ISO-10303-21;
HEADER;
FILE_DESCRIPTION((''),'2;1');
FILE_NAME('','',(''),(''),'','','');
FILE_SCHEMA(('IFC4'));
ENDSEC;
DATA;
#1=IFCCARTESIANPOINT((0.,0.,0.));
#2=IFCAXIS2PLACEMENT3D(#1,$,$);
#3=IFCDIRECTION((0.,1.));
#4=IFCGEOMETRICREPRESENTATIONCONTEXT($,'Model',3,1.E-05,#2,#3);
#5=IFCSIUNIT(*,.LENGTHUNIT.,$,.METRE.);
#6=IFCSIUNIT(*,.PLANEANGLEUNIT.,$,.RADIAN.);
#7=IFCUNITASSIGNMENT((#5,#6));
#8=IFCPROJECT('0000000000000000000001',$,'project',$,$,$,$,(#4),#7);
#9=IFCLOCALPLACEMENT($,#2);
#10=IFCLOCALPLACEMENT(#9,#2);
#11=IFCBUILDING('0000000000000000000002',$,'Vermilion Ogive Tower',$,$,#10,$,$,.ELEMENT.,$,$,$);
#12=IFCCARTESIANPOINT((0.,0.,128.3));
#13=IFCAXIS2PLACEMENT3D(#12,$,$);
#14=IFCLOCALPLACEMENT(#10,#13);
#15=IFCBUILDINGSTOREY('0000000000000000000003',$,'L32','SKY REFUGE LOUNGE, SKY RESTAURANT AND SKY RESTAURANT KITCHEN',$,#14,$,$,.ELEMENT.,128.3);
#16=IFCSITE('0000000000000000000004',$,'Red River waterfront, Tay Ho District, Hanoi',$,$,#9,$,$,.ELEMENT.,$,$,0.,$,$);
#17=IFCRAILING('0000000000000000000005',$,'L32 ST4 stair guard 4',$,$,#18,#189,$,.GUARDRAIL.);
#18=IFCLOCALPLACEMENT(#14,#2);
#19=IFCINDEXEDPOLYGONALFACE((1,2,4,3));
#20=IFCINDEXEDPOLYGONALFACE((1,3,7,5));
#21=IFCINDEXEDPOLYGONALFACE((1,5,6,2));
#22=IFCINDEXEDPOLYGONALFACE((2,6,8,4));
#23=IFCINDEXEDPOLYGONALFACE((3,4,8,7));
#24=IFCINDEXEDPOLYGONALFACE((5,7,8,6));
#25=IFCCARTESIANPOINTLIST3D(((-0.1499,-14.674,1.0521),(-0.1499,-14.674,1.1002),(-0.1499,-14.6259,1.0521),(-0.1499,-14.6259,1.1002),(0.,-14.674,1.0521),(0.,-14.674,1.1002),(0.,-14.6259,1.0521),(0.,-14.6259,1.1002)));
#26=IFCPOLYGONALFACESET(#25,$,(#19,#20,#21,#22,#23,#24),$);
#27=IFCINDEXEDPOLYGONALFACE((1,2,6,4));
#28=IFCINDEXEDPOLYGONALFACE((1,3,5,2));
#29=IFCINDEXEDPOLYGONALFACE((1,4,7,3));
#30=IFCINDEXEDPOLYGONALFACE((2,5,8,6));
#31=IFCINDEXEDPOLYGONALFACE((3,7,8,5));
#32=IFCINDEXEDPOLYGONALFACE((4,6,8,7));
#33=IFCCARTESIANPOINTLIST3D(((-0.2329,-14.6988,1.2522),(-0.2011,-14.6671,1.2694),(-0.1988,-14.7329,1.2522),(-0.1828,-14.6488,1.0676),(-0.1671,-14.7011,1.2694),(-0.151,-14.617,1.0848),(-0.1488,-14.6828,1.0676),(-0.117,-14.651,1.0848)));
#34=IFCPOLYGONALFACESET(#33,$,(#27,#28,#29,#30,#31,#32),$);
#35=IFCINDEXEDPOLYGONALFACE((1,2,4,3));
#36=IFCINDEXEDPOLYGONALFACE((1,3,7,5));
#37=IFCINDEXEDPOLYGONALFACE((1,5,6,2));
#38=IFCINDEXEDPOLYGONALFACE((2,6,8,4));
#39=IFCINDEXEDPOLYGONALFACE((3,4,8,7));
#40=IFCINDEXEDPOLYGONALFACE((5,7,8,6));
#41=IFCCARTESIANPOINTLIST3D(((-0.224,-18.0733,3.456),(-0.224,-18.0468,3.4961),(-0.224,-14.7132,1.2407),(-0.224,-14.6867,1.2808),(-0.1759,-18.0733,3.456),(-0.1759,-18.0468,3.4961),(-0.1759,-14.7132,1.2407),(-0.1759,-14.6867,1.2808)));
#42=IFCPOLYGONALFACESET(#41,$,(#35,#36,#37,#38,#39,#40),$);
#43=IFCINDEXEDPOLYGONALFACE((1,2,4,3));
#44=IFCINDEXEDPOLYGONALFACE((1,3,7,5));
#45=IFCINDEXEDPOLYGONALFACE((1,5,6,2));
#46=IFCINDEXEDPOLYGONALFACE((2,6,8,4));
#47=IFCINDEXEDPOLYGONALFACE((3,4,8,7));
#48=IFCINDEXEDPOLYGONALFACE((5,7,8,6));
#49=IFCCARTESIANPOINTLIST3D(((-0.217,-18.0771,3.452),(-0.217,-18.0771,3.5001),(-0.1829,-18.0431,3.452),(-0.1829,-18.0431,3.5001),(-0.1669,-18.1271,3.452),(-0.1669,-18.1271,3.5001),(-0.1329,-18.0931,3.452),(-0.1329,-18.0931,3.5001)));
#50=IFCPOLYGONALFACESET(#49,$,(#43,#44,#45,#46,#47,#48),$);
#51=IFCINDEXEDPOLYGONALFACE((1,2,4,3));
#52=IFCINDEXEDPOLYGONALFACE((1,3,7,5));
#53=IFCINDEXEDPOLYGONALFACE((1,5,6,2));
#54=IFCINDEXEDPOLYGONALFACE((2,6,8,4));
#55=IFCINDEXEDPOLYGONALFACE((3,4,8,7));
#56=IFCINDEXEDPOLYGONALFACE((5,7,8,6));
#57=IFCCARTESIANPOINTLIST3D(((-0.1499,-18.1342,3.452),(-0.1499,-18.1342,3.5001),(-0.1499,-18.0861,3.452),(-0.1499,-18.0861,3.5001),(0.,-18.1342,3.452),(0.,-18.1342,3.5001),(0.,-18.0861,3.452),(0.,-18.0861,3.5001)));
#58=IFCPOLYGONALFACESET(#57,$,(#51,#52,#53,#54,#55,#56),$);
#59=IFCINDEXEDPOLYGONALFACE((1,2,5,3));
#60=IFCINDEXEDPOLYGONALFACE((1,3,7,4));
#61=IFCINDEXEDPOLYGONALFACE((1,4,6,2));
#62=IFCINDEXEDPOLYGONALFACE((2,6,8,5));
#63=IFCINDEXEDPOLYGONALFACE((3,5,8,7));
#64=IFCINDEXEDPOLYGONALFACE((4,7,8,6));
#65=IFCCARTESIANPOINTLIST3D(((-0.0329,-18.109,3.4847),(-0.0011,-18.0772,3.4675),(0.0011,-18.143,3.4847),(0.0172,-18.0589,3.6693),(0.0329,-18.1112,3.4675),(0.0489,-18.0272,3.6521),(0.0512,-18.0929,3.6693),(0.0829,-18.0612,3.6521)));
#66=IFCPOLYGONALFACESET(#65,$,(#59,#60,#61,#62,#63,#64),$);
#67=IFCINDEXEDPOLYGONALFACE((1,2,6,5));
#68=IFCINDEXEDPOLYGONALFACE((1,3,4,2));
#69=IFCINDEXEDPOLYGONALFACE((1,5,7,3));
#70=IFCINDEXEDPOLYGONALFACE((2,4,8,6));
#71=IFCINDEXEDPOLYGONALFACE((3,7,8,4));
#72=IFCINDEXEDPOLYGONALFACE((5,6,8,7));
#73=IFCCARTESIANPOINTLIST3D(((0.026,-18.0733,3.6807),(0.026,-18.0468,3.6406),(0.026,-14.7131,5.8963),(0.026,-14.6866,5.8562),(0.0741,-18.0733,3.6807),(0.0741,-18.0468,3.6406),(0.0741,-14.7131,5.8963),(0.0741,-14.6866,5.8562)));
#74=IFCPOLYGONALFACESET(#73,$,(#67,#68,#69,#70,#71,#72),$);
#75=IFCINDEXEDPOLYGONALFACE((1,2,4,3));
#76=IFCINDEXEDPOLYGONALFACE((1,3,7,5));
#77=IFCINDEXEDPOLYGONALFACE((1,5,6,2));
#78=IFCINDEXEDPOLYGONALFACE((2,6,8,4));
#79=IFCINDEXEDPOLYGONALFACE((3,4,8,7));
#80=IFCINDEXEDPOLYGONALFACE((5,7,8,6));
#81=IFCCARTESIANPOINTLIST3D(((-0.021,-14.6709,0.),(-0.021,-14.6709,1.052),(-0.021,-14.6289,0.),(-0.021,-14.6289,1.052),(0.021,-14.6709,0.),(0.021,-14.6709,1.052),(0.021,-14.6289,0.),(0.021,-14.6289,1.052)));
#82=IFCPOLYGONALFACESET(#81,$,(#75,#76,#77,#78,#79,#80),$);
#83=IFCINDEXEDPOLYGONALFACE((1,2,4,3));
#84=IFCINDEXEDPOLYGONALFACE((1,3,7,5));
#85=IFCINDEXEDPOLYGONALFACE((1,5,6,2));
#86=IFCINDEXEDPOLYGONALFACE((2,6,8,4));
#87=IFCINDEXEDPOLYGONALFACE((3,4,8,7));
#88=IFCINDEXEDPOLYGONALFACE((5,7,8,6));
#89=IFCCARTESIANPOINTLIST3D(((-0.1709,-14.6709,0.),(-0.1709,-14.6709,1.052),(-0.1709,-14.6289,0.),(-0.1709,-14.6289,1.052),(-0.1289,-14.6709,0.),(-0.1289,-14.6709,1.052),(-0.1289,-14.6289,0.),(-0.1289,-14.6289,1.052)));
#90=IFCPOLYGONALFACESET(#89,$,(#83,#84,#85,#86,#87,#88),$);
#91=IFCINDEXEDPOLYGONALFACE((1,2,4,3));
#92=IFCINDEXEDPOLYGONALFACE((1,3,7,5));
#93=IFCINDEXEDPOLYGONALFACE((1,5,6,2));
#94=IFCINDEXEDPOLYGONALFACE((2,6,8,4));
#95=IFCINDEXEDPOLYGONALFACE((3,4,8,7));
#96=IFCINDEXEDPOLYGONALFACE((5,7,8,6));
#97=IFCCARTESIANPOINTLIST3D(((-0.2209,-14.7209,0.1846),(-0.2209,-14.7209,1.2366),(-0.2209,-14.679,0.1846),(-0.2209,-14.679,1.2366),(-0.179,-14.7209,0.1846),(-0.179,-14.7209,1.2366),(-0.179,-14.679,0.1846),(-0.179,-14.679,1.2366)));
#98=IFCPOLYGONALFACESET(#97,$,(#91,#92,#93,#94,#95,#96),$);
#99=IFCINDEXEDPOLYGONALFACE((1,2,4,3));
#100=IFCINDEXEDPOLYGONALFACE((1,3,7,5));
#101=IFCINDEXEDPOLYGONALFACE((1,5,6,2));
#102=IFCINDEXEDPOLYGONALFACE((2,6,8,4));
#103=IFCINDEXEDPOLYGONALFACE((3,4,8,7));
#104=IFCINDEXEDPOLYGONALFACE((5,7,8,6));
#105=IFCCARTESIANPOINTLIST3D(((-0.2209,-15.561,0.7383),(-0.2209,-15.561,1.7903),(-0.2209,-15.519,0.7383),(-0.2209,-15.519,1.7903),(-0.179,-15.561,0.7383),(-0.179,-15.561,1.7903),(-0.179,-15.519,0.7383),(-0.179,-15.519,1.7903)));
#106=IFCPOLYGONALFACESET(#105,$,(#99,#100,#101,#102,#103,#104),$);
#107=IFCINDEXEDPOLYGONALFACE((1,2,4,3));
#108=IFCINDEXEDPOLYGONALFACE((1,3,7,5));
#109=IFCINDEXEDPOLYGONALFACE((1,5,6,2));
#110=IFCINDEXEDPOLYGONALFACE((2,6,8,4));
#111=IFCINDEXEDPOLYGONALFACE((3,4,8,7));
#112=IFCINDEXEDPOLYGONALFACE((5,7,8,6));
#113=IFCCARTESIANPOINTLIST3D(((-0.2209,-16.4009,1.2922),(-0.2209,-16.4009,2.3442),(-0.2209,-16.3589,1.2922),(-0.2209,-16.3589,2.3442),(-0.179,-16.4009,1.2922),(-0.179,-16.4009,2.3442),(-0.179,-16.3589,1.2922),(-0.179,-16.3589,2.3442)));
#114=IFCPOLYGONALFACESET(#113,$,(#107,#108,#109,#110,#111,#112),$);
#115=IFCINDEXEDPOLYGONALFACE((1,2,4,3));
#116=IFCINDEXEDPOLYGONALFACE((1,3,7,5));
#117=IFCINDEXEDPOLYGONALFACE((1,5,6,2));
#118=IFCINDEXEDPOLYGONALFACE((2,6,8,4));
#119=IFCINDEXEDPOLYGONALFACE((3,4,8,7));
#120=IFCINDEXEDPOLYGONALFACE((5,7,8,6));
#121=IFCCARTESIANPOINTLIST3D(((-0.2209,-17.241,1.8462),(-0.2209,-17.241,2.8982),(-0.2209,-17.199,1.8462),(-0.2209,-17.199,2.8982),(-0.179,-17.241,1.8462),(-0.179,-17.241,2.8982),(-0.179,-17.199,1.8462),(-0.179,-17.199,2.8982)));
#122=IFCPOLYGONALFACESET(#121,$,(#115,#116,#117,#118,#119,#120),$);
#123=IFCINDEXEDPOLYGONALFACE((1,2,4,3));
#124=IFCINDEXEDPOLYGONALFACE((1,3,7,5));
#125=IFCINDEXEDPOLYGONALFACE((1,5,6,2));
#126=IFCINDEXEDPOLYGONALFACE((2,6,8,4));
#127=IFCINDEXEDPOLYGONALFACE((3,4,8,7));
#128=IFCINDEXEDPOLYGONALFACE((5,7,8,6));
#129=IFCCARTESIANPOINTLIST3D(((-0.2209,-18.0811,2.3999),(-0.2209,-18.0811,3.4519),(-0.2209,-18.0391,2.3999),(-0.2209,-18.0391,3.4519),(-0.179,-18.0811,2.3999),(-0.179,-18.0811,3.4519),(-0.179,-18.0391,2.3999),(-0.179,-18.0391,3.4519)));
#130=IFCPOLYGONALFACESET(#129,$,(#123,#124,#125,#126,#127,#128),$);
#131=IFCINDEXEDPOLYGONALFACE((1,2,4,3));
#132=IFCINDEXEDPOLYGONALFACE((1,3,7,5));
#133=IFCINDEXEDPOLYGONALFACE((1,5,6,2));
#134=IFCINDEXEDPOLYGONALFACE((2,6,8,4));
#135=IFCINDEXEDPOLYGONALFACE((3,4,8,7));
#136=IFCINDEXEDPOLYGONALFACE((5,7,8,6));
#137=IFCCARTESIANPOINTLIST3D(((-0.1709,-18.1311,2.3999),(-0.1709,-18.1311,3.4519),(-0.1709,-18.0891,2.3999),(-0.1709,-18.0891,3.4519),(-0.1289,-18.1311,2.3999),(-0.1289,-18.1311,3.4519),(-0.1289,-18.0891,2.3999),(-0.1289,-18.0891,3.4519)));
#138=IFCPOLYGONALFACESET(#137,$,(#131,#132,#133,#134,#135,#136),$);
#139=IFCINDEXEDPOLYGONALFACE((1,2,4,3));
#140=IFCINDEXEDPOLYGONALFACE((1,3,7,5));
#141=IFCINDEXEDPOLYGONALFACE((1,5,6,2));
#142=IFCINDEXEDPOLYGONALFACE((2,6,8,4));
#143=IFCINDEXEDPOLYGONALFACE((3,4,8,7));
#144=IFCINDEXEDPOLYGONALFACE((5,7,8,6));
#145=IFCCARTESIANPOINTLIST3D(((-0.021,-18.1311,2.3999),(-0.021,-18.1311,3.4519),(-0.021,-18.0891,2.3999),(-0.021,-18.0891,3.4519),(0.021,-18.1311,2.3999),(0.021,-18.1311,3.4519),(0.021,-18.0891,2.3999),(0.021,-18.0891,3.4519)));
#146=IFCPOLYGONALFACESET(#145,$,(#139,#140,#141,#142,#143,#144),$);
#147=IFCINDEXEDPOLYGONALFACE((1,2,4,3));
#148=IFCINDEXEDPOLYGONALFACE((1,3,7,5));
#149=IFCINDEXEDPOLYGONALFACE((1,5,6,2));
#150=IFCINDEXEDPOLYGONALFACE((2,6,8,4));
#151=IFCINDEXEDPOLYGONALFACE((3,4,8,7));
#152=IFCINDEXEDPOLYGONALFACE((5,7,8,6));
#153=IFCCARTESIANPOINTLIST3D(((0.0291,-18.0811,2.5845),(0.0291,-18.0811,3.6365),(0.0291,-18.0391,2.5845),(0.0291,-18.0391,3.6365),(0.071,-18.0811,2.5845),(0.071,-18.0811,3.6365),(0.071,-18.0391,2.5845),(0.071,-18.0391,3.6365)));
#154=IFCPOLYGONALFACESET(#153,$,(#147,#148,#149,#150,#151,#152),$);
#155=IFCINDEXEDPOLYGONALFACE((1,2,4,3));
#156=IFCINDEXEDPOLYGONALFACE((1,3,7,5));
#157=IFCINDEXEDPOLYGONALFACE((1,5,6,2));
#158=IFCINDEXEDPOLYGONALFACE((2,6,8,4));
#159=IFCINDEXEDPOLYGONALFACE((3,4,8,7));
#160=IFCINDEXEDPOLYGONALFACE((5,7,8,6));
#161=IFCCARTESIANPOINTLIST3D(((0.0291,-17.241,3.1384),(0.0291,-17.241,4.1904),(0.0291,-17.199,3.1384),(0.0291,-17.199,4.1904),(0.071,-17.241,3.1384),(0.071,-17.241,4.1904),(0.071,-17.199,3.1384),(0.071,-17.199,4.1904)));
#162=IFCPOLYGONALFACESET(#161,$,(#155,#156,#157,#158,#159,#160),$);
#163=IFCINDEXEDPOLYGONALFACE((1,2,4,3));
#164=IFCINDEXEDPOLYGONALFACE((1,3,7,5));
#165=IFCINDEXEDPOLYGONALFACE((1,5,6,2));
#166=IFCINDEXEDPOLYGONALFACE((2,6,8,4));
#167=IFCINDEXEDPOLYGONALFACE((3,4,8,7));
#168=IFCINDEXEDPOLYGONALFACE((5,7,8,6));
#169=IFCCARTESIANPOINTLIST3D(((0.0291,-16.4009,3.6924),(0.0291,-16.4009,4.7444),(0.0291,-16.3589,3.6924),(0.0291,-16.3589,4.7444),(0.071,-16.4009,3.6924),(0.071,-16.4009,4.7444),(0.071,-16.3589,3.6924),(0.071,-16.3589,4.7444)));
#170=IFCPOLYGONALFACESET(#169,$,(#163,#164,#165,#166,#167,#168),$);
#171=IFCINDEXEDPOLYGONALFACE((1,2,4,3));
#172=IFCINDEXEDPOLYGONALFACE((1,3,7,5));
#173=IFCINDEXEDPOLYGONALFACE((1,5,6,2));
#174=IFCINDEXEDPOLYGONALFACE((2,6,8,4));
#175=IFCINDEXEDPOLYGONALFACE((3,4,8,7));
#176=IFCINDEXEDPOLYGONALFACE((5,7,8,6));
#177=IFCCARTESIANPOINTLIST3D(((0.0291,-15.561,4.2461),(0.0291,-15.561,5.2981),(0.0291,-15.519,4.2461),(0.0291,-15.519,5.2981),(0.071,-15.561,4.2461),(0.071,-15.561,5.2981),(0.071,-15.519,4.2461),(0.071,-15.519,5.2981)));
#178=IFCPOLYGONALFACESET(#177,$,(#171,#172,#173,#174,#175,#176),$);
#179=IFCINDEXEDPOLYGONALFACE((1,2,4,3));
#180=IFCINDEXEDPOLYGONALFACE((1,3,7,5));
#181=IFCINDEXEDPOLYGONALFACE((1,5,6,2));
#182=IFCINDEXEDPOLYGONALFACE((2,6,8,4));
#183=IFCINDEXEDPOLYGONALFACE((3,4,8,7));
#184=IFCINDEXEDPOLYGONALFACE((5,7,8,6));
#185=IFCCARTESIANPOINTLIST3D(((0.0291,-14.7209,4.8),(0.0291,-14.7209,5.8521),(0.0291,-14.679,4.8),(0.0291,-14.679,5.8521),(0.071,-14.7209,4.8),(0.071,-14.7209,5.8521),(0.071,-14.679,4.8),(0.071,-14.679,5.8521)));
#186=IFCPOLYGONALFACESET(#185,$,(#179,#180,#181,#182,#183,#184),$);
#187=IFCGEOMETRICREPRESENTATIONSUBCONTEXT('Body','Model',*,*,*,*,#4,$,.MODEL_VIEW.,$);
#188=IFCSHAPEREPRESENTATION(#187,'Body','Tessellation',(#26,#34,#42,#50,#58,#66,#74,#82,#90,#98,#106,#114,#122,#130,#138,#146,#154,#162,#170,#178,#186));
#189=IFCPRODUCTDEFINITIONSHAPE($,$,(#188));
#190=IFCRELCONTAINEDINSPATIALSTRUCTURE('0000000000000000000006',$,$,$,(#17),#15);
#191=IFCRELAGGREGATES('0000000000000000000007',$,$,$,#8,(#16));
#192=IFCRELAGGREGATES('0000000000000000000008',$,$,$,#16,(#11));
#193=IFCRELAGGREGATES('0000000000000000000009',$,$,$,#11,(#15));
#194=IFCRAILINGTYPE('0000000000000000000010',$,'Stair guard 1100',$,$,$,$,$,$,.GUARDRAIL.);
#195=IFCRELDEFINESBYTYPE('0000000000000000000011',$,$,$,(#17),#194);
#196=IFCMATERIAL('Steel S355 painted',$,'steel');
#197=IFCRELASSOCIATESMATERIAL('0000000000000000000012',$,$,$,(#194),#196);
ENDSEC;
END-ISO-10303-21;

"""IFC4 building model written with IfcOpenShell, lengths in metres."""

from ifc_helpers import new_model, si_unit, direction, frame, origin, origin_2d, place, context, subcontext, project, spatial, rectangle, extrude, material, type_object, element, save


model = new_model("IFC4")

# Units and contexts
model_context = context("Model", 3, precision=1e-05, world=origin(), true_north=direction((0.0, 1.0)))
body_context = subcontext(model_context, "Body", "Model", "MODEL_VIEW")
ifc_project = project(units=[si_unit("LENGTHUNIT", "METRE"), si_unit("PLANEANGLEUNIT", "RADIAN")], contexts=[model_context])

# Site, building, storey
site_placement = place(None, origin())
site = spatial("IfcSite", under=ifc_project, at=site_placement, Name="Red River waterfront, Tay Ho District, Hanoi", CompositionType="ELEMENT", RefElevation=0.0)
building_placement = place(site_placement, origin())
building = spatial("IfcBuilding", under=site, at=building_placement, Name="Vermilion Ogive Tower", CompositionType="ELEMENT")
storey_placement = place(building_placement, frame((0.0, 0.0, 128.3)))
storey = spatial("IfcBuildingStorey", under=building, at=storey_placement, Name="L32", Description="SKY REFUGE LOUNGE, SKY RESTAURANT AND SKY RESTAURANT KITCHEN", CompositionType="ELEMENT", Elevation=128.3)

# Railing
ifc_material_1 = material(Name="Steel S355 painted", Category="steel")
railing_type_1 = type_object("IfcRailingType", Name="Stair guard 1100", PredefinedType="GUARDRAIL", material=ifc_material_1)
railing_1_placement = place(storey_placement, frame((0.0, -14.6499, 0.0)))
element("IfcRailing", 1, at=railing_1_placement, inside=storey, type_object=railing_type_1, Name="L32 ST4 stair guard 4", PredefinedType="GUARDRAIL", context=body_context, shape_type="SweptSolid", body=[
    extrude(rectangle(XDim=0.0481, YDim=0.0481, at=origin_2d()), frame((0.0, 0.0, 1.0762), z_axis=(-1.0, 0.0, 0.0), x_axis=(0.0, -1.0, 0.0)), (0.0, 0.0, 1.0), 0.1499),
    extrude(rectangle(XDim=0.0481, YDim=0.0481, at=origin_2d()), frame((-0.1499, 0.0, 1.0762), z_axis=(-0.253186, -0.253186, 0.933699), x_axis=(0.707107, -0.707107, 0.0)), (0.0, 0.0, 1.0), 0.1978),
    extrude(rectangle(XDim=0.0481, YDim=0.0481, at=origin_2d()), frame((-0.2, -0.05, 1.2607), z_axis=(0.0, -0.834876, 0.550437), x_axis=(1.0, 0.0, 0.0)), (0.0, 0.0, 1.0), 4.0247),
    extrude(rectangle(XDim=0.0481, YDim=0.0481, at=origin_2d()), frame((-0.2, -3.4102, 3.4761), z_axis=(0.707107, -0.707107, 0.0), x_axis=(0.707107, 0.707107, 0.0)), (0.0, 0.0, 1.0), 0.0708),
    extrude(rectangle(XDim=0.0481, YDim=0.0481, at=origin_2d()), frame((-0.1499, -3.4602, 3.4761), z_axis=(1.0, 0.0, 0.0), x_axis=(0.0, 1.0, 0.0)), (0.0, 0.0, 1.0), 0.1499),
    extrude(rectangle(XDim=0.0481, YDim=0.0481, at=origin_2d()), frame((0.0, -3.4602, 3.4761), z_axis=(0.253186, 0.253186, 0.933699), x_axis=(-0.707107, 0.707107, 0.0)), (0.0, 0.0, 1.0), 0.1978),
    extrude(rectangle(XDim=0.0481, YDim=0.0481, at=origin_2d()), frame((0.05, -3.4102, 3.6606), z_axis=(0.0, 0.834849, 0.55048), x_axis=(-1.0, 0.0, 0.0)), (0.0, 0.0, 1.0), 4.0249),
    extrude(rectangle(XDim=0.042, YDim=0.042, at=origin_2d()), origin(), (0.0, 0.0, 1.0), 1.052),
    extrude(rectangle(XDim=0.042, YDim=0.042, at=origin_2d()), frame((-0.1499, 0.0, 0.0)), (0.0, 0.0, 1.0), 1.052),
    extrude(rectangle(XDim=0.042, YDim=0.042, at=origin_2d()), frame((-0.2, -0.05, 0.1846)), (0.0, 0.0, 1.0), 1.052),
    extrude(rectangle(XDim=0.042, YDim=0.042, at=origin_2d()), frame((-0.2, -0.8901, 0.7383)), (0.0, 0.0, 1.0), 1.052),
    extrude(rectangle(XDim=0.042, YDim=0.042, at=origin_2d()), frame((-0.2, -1.73, 1.2922)), (0.0, 0.0, 1.0), 1.052),
    extrude(rectangle(XDim=0.042, YDim=0.042, at=origin_2d()), frame((-0.2, -2.5701, 1.8462)), (0.0, 0.0, 1.0), 1.052),
    extrude(rectangle(XDim=0.042, YDim=0.042, at=origin_2d()), frame((-0.2, -3.4102, 2.3999)), (0.0, 0.0, 1.0), 1.052),
    extrude(rectangle(XDim=0.042, YDim=0.042, at=origin_2d()), frame((-0.1499, -3.4602, 2.3999)), (0.0, 0.0, 1.0), 1.052),
    extrude(rectangle(XDim=0.042, YDim=0.042, at=origin_2d()), frame((0.0, -3.4602, 2.3999)), (0.0, 0.0, 1.0), 1.052),
    extrude(rectangle(XDim=0.042, YDim=0.042, at=origin_2d()), frame((0.05, -3.4102, 2.5845)), (0.0, 0.0, 1.0), 1.052),
    extrude(rectangle(XDim=0.042, YDim=0.042, at=origin_2d()), frame((0.05, -2.5701, 3.1384)), (0.0, 0.0, 1.0), 1.052),
    extrude(rectangle(XDim=0.042, YDim=0.042, at=origin_2d()), frame((0.05, -1.73, 3.6924)), (0.0, 0.0, 1.0), 1.052),
    extrude(rectangle(XDim=0.042, YDim=0.042, at=origin_2d()), frame((0.05, -0.8901, 4.2461)), (0.0, 0.0, 1.0), 1.052),
    extrude(rectangle(XDim=0.042, YDim=0.042, at=origin_2d()), frame((0.05, -0.05, 4.8)), (0.0, 0.0, 1.0), 1.052),
])

save(model, "model.ifc")
